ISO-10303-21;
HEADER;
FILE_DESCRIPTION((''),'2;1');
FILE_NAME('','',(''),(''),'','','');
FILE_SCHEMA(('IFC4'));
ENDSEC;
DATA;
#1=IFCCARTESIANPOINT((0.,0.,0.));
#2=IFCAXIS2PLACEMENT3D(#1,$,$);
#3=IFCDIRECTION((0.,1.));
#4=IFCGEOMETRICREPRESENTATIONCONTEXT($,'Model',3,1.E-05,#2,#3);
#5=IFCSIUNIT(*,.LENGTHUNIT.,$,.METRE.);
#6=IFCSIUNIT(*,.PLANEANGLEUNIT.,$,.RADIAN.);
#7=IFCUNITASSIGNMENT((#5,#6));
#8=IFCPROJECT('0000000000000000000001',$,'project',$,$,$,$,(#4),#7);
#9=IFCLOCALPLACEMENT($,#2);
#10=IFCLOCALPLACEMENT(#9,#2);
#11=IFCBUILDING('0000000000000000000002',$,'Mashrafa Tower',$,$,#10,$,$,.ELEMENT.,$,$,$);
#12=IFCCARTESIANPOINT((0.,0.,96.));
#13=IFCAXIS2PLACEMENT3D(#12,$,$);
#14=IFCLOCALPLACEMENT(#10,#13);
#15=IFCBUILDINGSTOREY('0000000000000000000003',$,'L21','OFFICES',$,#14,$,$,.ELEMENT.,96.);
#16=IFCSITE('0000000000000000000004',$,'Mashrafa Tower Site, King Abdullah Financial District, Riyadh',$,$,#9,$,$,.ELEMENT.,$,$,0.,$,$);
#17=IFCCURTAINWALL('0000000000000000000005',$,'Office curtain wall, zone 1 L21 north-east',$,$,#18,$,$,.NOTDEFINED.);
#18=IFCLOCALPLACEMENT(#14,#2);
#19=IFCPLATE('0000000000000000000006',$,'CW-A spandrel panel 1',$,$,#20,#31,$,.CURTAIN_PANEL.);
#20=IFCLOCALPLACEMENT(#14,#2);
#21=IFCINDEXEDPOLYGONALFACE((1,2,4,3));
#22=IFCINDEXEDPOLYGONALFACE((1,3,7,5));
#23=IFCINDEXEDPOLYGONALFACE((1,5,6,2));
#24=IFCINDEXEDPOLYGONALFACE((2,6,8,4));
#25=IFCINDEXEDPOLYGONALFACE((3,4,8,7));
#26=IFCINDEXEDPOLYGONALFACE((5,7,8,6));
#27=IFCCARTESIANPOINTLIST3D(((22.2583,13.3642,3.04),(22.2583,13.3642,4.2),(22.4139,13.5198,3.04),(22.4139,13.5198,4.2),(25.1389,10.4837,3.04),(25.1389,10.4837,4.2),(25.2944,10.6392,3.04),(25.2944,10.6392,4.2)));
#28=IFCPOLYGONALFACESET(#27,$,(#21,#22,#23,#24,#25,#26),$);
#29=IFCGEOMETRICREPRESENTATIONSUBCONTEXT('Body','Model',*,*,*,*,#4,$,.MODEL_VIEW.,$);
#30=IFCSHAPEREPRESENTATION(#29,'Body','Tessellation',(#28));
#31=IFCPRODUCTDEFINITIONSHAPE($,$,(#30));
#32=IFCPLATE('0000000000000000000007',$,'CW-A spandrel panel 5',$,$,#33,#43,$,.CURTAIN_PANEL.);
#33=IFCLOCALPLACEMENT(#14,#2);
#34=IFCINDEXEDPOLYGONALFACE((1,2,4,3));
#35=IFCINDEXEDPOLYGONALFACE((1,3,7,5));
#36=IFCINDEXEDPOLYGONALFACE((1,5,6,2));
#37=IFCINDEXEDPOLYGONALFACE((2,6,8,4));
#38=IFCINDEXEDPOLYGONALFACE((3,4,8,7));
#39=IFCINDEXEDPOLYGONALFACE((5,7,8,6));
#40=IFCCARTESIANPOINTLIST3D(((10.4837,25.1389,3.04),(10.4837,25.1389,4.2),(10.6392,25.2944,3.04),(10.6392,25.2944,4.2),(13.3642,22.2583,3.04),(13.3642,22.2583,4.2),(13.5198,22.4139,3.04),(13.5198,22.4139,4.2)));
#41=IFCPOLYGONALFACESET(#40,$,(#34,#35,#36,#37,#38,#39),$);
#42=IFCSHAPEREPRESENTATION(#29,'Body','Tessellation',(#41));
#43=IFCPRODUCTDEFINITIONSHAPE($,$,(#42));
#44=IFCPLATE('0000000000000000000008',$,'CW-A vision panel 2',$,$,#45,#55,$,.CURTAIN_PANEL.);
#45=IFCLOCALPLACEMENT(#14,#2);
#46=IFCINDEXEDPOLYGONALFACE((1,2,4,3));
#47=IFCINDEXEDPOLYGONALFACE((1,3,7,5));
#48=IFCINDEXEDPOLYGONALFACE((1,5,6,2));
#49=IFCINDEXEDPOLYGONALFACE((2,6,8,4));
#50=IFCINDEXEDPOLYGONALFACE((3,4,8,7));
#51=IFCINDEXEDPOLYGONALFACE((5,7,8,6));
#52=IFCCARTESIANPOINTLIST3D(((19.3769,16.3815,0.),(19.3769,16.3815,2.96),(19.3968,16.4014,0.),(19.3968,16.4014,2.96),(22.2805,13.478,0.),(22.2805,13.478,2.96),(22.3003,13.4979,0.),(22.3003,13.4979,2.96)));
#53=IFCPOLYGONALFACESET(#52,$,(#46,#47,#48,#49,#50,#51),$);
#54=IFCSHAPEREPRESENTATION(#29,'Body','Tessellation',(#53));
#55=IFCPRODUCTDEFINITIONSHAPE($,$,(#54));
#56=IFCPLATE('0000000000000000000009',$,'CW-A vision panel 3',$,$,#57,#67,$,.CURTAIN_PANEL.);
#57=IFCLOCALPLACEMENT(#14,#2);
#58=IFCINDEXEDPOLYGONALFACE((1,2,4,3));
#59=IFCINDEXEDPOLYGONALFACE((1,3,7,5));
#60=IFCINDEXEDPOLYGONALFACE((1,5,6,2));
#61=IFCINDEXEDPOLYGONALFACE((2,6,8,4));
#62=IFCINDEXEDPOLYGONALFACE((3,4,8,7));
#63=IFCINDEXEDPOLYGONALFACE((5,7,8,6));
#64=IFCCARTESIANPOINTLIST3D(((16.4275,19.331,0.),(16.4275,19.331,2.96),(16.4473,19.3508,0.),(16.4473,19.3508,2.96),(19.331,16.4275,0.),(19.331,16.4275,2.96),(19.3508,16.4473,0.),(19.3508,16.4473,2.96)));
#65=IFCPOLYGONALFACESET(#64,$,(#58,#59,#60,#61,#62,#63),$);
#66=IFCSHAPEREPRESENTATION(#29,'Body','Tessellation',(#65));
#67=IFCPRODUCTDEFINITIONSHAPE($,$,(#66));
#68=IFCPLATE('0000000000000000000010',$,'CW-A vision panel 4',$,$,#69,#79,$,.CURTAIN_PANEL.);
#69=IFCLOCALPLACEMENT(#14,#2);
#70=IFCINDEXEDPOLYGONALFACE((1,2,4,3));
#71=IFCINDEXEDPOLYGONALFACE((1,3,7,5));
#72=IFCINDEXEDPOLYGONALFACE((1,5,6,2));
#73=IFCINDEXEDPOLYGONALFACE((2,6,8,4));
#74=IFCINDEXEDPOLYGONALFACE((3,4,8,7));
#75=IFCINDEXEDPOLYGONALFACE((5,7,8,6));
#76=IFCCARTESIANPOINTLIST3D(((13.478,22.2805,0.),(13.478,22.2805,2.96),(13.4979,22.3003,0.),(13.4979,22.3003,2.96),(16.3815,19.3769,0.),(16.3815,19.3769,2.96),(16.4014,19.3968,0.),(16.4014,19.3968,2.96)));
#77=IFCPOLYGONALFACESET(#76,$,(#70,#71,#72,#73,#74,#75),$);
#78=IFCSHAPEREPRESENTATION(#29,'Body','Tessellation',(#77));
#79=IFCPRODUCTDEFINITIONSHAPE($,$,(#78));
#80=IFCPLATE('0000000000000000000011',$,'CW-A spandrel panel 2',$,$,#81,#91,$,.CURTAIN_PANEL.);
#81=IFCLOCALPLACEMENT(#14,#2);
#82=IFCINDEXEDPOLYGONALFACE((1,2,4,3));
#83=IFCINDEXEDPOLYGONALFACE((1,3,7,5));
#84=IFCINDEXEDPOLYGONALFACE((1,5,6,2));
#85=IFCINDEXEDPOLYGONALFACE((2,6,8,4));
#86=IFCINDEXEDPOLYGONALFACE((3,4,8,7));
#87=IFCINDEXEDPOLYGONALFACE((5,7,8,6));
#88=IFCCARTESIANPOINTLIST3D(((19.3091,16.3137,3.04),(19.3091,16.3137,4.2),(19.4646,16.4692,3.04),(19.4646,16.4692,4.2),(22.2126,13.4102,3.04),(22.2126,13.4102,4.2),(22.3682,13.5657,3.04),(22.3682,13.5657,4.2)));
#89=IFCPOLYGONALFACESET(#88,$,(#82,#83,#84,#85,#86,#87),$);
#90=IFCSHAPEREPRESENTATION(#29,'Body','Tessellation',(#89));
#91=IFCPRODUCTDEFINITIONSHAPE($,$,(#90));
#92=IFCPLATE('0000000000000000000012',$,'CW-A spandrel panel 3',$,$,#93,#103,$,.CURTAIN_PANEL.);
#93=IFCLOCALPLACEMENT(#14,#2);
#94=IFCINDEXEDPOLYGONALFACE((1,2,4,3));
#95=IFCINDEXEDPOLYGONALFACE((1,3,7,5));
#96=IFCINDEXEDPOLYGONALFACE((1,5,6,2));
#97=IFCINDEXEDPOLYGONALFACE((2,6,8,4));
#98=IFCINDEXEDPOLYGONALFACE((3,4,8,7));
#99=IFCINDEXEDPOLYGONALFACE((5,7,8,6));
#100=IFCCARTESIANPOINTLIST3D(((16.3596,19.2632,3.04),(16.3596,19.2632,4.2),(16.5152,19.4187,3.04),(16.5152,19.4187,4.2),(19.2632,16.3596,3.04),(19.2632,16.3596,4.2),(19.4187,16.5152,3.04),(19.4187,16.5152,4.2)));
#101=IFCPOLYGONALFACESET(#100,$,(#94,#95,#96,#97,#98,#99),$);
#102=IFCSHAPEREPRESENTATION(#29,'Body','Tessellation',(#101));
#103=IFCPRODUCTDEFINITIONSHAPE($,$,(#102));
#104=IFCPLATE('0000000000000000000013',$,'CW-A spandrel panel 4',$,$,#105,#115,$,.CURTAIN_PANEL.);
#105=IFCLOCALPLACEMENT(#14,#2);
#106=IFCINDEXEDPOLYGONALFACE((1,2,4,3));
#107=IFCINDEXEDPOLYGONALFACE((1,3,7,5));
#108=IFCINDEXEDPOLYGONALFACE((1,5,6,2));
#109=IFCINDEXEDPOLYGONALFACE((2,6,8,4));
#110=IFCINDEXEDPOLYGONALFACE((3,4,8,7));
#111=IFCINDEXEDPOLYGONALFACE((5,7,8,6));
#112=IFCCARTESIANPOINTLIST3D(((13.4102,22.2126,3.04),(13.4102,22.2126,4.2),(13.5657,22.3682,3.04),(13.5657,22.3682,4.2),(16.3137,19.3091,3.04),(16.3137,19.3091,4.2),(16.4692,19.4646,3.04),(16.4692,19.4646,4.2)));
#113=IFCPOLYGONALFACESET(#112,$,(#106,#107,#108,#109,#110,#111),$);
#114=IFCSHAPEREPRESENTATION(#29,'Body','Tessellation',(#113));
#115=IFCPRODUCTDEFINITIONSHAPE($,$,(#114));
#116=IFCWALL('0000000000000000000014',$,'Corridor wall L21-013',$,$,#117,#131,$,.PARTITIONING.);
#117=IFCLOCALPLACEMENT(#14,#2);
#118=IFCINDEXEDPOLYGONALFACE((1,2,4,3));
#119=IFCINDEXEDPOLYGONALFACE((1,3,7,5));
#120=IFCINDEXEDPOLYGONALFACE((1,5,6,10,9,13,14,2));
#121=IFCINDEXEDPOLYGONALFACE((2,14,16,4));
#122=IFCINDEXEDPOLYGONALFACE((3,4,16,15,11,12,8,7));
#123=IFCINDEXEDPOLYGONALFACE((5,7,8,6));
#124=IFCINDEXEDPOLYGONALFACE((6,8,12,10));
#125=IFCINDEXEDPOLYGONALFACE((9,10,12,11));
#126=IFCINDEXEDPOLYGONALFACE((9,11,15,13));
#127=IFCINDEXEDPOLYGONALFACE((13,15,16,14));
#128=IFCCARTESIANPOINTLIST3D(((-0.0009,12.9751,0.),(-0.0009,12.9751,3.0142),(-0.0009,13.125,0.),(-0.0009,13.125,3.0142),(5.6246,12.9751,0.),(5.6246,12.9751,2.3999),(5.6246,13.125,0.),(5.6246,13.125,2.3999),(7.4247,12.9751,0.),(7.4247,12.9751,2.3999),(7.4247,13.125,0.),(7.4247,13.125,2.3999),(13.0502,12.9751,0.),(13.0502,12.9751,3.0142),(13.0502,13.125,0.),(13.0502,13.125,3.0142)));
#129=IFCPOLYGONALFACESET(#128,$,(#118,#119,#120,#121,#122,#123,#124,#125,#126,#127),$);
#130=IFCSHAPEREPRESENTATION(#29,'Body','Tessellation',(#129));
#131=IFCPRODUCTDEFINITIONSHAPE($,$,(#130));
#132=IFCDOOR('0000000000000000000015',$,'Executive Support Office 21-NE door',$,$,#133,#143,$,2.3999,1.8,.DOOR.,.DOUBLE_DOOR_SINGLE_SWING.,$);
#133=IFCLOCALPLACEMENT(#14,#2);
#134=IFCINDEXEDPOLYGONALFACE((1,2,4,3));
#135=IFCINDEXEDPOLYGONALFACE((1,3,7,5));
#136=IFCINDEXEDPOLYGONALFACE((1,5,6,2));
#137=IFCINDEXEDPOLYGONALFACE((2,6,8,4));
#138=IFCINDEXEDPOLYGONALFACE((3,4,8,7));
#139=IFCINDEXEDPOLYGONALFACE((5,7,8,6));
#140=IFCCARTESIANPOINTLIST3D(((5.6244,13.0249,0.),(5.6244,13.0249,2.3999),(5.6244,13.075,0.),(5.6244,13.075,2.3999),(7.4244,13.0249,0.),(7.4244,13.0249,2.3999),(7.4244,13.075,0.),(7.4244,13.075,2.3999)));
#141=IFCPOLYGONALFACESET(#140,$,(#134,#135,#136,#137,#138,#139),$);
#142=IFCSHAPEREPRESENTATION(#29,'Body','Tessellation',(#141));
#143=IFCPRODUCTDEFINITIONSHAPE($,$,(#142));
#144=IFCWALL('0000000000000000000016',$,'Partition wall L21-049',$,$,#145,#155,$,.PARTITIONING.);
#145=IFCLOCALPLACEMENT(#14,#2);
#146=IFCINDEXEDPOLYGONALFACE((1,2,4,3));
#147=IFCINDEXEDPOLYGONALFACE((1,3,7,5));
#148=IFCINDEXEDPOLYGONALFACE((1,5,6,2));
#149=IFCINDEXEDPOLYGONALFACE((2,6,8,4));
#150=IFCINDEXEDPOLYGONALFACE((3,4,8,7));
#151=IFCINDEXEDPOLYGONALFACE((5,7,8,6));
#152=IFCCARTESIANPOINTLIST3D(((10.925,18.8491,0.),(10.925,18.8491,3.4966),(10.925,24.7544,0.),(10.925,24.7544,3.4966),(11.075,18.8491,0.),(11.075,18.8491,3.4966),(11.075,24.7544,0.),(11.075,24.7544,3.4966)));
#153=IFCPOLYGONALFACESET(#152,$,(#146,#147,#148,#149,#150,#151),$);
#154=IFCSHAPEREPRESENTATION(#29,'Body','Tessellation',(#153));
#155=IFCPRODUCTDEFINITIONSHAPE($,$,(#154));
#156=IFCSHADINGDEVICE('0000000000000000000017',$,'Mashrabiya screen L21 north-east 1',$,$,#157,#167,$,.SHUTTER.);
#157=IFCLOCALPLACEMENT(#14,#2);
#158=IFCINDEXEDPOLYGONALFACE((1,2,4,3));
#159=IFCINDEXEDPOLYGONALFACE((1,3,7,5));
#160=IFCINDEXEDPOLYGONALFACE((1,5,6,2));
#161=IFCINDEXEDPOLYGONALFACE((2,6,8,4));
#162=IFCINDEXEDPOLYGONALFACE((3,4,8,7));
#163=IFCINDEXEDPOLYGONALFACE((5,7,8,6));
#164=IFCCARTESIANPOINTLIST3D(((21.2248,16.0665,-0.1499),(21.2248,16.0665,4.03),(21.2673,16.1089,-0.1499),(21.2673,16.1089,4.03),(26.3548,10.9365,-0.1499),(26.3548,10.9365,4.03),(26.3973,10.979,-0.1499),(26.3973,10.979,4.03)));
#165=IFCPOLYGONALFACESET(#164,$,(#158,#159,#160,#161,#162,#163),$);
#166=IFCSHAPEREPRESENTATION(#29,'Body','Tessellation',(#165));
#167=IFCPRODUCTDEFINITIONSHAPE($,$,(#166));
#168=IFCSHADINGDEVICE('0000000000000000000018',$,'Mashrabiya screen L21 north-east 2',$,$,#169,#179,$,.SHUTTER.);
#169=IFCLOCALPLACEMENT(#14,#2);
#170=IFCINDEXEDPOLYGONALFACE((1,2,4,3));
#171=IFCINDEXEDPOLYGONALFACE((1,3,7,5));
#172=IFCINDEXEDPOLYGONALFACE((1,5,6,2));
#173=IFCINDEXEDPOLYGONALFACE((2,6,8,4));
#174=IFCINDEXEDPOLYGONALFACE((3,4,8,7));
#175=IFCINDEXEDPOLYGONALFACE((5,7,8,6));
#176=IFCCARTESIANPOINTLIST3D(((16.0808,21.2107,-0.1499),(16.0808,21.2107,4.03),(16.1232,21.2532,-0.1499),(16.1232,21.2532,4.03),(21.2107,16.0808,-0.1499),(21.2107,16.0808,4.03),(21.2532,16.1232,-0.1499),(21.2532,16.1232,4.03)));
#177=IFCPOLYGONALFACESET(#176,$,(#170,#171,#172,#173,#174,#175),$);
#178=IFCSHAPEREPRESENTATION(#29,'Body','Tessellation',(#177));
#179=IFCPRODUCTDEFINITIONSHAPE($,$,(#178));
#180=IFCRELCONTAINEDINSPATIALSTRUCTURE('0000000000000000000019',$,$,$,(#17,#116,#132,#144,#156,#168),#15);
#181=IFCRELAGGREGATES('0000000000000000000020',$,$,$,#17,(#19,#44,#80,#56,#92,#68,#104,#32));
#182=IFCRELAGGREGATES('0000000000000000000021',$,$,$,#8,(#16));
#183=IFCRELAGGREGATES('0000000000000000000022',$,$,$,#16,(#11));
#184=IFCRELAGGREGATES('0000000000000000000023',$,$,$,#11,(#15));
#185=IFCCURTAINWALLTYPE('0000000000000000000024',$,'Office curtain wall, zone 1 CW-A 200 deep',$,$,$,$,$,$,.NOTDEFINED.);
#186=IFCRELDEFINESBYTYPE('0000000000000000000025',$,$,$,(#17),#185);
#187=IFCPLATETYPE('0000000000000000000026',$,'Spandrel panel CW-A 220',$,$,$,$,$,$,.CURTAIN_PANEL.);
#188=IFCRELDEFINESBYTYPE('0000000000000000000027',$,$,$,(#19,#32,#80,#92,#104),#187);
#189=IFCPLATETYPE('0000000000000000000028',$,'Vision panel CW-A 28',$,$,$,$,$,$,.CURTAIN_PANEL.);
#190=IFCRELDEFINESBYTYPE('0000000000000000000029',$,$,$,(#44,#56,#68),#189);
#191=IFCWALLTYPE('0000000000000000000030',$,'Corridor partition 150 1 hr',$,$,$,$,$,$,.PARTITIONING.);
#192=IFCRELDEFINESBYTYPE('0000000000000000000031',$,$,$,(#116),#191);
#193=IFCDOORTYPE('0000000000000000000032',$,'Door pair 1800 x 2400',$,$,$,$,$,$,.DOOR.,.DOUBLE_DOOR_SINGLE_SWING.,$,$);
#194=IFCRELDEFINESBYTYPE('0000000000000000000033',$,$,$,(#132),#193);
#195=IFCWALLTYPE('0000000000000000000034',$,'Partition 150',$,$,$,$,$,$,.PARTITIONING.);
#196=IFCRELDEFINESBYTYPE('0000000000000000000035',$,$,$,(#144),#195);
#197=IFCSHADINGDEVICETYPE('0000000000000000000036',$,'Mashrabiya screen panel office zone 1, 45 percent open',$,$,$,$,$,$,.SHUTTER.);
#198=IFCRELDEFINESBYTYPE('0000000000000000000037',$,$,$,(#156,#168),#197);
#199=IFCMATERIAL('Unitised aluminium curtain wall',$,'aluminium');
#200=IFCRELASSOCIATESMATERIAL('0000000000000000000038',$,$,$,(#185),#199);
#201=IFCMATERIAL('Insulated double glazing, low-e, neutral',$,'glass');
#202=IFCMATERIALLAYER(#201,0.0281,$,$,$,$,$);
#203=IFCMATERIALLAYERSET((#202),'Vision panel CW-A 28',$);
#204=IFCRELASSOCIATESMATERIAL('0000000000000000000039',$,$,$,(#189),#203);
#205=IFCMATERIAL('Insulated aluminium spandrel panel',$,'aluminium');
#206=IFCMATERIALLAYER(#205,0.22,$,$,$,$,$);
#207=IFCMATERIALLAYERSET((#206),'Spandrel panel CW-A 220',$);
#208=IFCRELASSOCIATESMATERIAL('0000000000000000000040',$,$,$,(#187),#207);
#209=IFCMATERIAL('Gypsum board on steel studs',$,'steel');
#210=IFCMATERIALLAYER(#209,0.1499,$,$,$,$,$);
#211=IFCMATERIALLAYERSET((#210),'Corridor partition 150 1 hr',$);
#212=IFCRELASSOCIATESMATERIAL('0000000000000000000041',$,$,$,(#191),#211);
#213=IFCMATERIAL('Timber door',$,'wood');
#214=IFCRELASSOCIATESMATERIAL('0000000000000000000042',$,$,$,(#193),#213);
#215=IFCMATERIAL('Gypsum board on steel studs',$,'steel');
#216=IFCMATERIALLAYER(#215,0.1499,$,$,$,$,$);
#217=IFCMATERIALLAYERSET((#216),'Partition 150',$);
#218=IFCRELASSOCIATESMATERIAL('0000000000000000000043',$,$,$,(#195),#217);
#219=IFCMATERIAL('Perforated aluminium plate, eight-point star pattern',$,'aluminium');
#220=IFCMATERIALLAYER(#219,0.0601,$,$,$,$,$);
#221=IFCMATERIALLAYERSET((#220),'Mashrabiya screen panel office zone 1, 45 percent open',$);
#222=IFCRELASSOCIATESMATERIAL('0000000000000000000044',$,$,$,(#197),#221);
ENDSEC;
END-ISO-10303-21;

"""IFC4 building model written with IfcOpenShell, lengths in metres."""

from ifc_helpers import new_model, si_unit, direction, frame, frame_2d, origin, origin_2d, place, context, subcontext, project, spatial, rectangle, extrude, source, transform, mapped, material, layer, layer_set, type_object, type_shapes, element, fill, aggregate, save


model = new_model("IFC4")

# Units and contexts
model_context = context("Model", 3, precision=1e-05, world=origin(), true_north=direction((0.0, 1.0)))
body_context = subcontext(model_context, "Body", "Model", "MODEL_VIEW")
ifc_project = project(units=[si_unit("LENGTHUNIT", "METRE"), si_unit("PLANEANGLEUNIT", "RADIAN")], contexts=[model_context])

# Site, building, storey
site_placement = place(None, origin())
site = spatial("IfcSite", under=ifc_project, at=site_placement, Name="Mashrafa Tower Site, King Abdullah Financial District, Riyadh", CompositionType="ELEMENT", RefElevation=0.0)
building_placement = place(site_placement, origin())
building = spatial("IfcBuilding", under=site, at=building_placement, Name="Mashrafa Tower", CompositionType="ELEMENT")
storey_placement = place(building_placement, frame((0.0, 0.0, 96.0)))
storey = spatial("IfcBuildingStorey", under=building, at=storey_placement, Name="L21", Description="OFFICES", CompositionType="ELEMENT", Elevation=96.0)

# Curtain wall, plates
ifc_material_1 = material(Name="Unitised aluminium curtain wall", Category="aluminium")
curtain_wall_type = type_object("IfcCurtainWallType", Name="Office curtain wall, zone 1 CW-A 200 deep", PredefinedType="NOTDEFINED", material=ifc_material_1)
curtain_wall_placement = place(storey_placement, origin())
curtain_wall = element("IfcCurtainWall", 1, at=curtain_wall_placement, inside=storey, type_object=curtain_wall_type, Name="Office curtain wall, zone 1 L21 north-east", PredefinedType="NOTDEFINED")
ifc_material_2 = material(Name="Insulated double glazing, low-e, neutral", Category="glass")
ifc_layer_1 = layer(ifc_material_2, 0.0281)
ifc_layer_set_1 = layer_set([ifc_layer_1], Name="Vision panel CW-A 28")
plate_type_1 = type_object("IfcPlateType", Name="Vision panel CW-A 28", PredefinedType="CURTAIN_PANEL", material=ifc_layer_set_1)
ifc_material_3 = material(Name="Insulated aluminium spandrel panel", Category="aluminium")
ifc_layer_2 = layer(ifc_material_3, 0.22)
ifc_layer_set_2 = layer_set([ifc_layer_2], Name="Spandrel panel CW-A 220")
plate_type_2 = type_object("IfcPlateType", Name="Spandrel panel CW-A 220", PredefinedType="CURTAIN_PANEL", material=ifc_layer_set_2)
shared_shape_1 = source(origin(), body_context, "Body", "SweptSolid", [
    extrude(rectangle(XDim=4.0737, YDim=0.22, at=origin_2d()), origin(), (0.0, 0.0, 1.0), 1.1599),
])
plate_1_placement = place(storey_placement, frame((23.7764, 12.0017, 3.04), z_axis=(0.0, 0.0, 1.0), x_axis=(-0.707107, 0.707107, 0.0)))
plate_1 = element("IfcPlate", 2, at=plate_1_placement, type_object=plate_type_2, Name="CW-A spandrel panel 1", PredefinedType="CURTAIN_PANEL", context=body_context, shape_type="MappedRepresentation", body=[
    mapped(shared_shape_1, transform((0.0, 0.0, 0.0))),
])
plate_2_placement = place(storey_placement, frame((12.0017, 23.7764, 3.04), z_axis=(0.0, 0.0, 1.0), x_axis=(-0.707107, 0.707107, 0.0)))
plate_2 = element("IfcPlate", 3, at=plate_2_placement, type_object=plate_type_2, Name="CW-A spandrel panel 5", PredefinedType="CURTAIN_PANEL", context=body_context, shape_type="MappedRepresentation", body=[
    mapped(shared_shape_1, transform((0.0, 0.0, 0.0))),
])
shared_shape_2 = source(origin(), body_context, "Body", "SweptSolid", [
    extrude(rectangle(XDim=4.1062, YDim=0.0281, at=origin_2d()), origin(), (0.0, 0.0, 1.0), 2.96),
])
plate_3_placement = place(storey_placement, frame((20.8386, 14.9397, 0.0), z_axis=(0.0, 0.0, 1.0), x_axis=(-0.707107, 0.707107, 0.0)))
plate_3 = element("IfcPlate", 4, at=plate_3_placement, type_object=plate_type_1, Name="CW-A vision panel 2", PredefinedType="CURTAIN_PANEL", context=body_context, shape_type="MappedRepresentation", body=[
    mapped(shared_shape_2, transform((0.0, 0.0, 0.0))),
])
plate_4_placement = place(storey_placement, frame((17.8892, 17.8892, 0.0), z_axis=(0.0, 0.0, 1.0), x_axis=(-0.707107, 0.707107, 0.0)))
plate_4 = element("IfcPlate", 5, at=plate_4_placement, type_object=plate_type_1, Name="CW-A vision panel 3", PredefinedType="CURTAIN_PANEL", context=body_context, shape_type="MappedRepresentation", body=[
    mapped(shared_shape_2, transform((0.0, 0.0, 0.0))),
])
plate_5_placement = place(storey_placement, frame((14.9397, 20.8386, 0.0), z_axis=(0.0, 0.0, 1.0), x_axis=(-0.707107, 0.707107, 0.0)))
plate_5 = element("IfcPlate", 6, at=plate_5_placement, type_object=plate_type_1, Name="CW-A vision panel 4", PredefinedType="CURTAIN_PANEL", context=body_context, shape_type="MappedRepresentation", body=[
    mapped(shared_shape_2, transform((0.0, 0.0, 0.0))),
])
shared_shape_3 = source(origin(), body_context, "Body", "SweptSolid", [
    extrude(rectangle(XDim=4.1062, YDim=0.22, at=origin_2d()), origin(), (0.0, 0.0, 1.0), 1.1599),
])
type_shapes(plate_type_2, [shared_shape_1, shared_shape_3])
plate_6_placement = place(storey_placement, frame((20.8386, 14.9397, 3.04), z_axis=(0.0, 0.0, 1.0), x_axis=(-0.707107, 0.707107, 0.0)))
plate_6 = element("IfcPlate", 7, at=plate_6_placement, type_object=plate_type_2, Name="CW-A spandrel panel 2", PredefinedType="CURTAIN_PANEL", context=body_context, shape_type="MappedRepresentation", body=[
    mapped(shared_shape_3, transform((0.0, 0.0, 0.0))),
])
plate_7_placement = place(storey_placement, frame((17.8892, 17.8892, 3.04), z_axis=(0.0, 0.0, 1.0), x_axis=(-0.707107, 0.707107, 0.0)))
plate_7 = element("IfcPlate", 8, at=plate_7_placement, type_object=plate_type_2, Name="CW-A spandrel panel 3", PredefinedType="CURTAIN_PANEL", context=body_context, shape_type="MappedRepresentation", body=[
    mapped(shared_shape_3, transform((0.0, 0.0, 0.0))),
])
plate_8_placement = place(storey_placement, frame((14.9397, 20.8386, 3.04), z_axis=(0.0, 0.0, 1.0), x_axis=(-0.707107, 0.707107, 0.0)))
plate_8 = element("IfcPlate", 9, at=plate_8_placement, type_object=plate_type_2, Name="CW-A spandrel panel 4", PredefinedType="CURTAIN_PANEL", context=body_context, shape_type="MappedRepresentation", body=[
    mapped(shared_shape_3, transform((0.0, 0.0, 0.0))),
])
aggregate(curtain_wall, [plate_1, plate_3, plate_6, plate_4, plate_7, plate_5, plate_8, plate_2])

# Wall, opening, door
ifc_material_4 = material(Name="Gypsum board on steel studs", Category="steel")
ifc_layer_3 = layer(ifc_material_4, 0.1499)
ifc_layer_set_3 = layer_set([ifc_layer_3], Name="Corridor partition 150 1 hr")
wall_type_1 = type_object("IfcWallType", Name="Corridor partition 150 1 hr", PredefinedType="PARTITIONING", material=ifc_layer_set_3)
wall_1_placement = place(storey_placement, frame((13.05, 13.05, 0.0), z_axis=(0.0, 0.0, 1.0), x_axis=(-1.0, 0.0, 0.0)))
wall_1 = element("IfcWall", 10, at=wall_1_placement, inside=storey, type_object=wall_type_1, Name="Corridor wall L21-013", PredefinedType="PARTITIONING", context=body_context, shape_type="SweptSolid", body=[
    extrude(rectangle(XDim=13.051, YDim=0.1499, at=frame_2d((6.5254, 0.0))), origin(), (0.0, 0.0, 1.0), 3.0142),
])
opening_placement = place(wall_1_placement, frame((5.6255, 0.0, 0.0)))
opening = element("IfcOpeningElement", 11, at=opening_placement, cuts=wall_1, PredefinedType="OPENING", context=body_context, shape_type="SweptSolid", body=[
    extrude(rectangle(XDim=1.8, YDim=2.3999, at=frame_2d((0.8999, 1.2))), frame((0.0, 0.085, 0.0), z_axis=(0.0, -1.0, 0.0), x_axis=(1.0, 0.0, 0.0)), (0.0, 0.0, 1.0), 0.1699),
])
ifc_material_5 = material(Name="Timber door", Category="wood")
door_type = type_object("IfcDoorType", Name="Door pair 1800 x 2400", OperationType="DOUBLE_DOOR_SINGLE_SWING", PredefinedType="DOOR", material=ifc_material_5)
door_placement = place(opening_placement, frame((1.8, 0.0, 0.0), z_axis=(0.0, 0.0, 1.0), x_axis=(-1.0, 0.0, 0.0)))
door = element("IfcDoor", 12, at=door_placement, inside=storey, type_object=door_type, Name="Executive Support Office 21-NE door", OperationType="DOUBLE_DOOR_SINGLE_SWING", OverallHeight=2.3999, OverallWidth=1.8, PredefinedType="DOOR", context=body_context, shape_type="SweptSolid", body=[
    extrude(rectangle(XDim=1.8, YDim=2.3999, at=frame_2d((0.8999, 1.2))), frame((0.0, 0.0249, 0.0), z_axis=(0.0, -1.0, 0.0), x_axis=(1.0, 0.0, 0.0)), (0.0, 0.0, 1.0), 0.05),
])
fill(opening, door)

# Wall
ifc_material_6 = material(Name="Gypsum board on steel studs", Category="steel")
ifc_layer_4 = layer(ifc_material_6, 0.1499)
ifc_layer_set_4 = layer_set([ifc_layer_4], Name="Partition 150")
wall_type_2 = type_object("IfcWallType", Name="Partition 150", PredefinedType="PARTITIONING", material=ifc_layer_set_4)
wall_2_placement = place(storey_placement, frame((11.0, 18.8491, 0.0), z_axis=(0.0, 0.0, 1.0), x_axis=(0.0, 1.0, 0.0)))
element("IfcWall", 13, at=wall_2_placement, inside=storey, type_object=wall_type_2, Name="Partition wall L21-049", PredefinedType="PARTITIONING", context=body_context, shape_type="SweptSolid", body=[
    extrude(rectangle(XDim=5.9053, YDim=0.1499, at=frame_2d((2.9526, 0.0))), origin(), (0.0, 0.0, 1.0), 3.4966),
])

# Shading devices
ifc_material_7 = material(Name="Perforated aluminium plate, eight-point star pattern", Category="aluminium")
ifc_layer_5 = layer(ifc_material_7, 0.0601)
ifc_layer_set_5 = layer_set([ifc_layer_5], Name="Mashrabiya screen panel office zone 1, 45 percent open")
shading_device_type = type_object("IfcShadingDeviceType", Name="Mashrabiya screen panel office zone 1, 45 percent open", PredefinedType="SHUTTER", material=ifc_layer_set_5)
shared_shape_4 = source(origin(), body_context, "Body", "SweptSolid", [
    extrude(rectangle(XDim=7.2549, YDim=0.0601, at=origin_2d()), origin(), (0.0, 0.0, 1.0), 4.1799),
])
type_shapes(shading_device_type, [shared_shape_4])
for number, where, z_axis, x_axis, name in (
    (14, (23.811, 13.5227, -0.1499), (0.0, 0.0, 1.0), (-0.707107, 0.707107, 0.0), "Mashrabiya screen L21 north-east 1"),
    (15, (18.667, 18.667, -0.1499), (0.0, 0.0, 1.0), (-0.707107, 0.707107, 0.0), "Mashrabiya screen L21 north-east 2"),
):
    element("IfcShadingDevice", number, at=place(storey_placement, frame(where, z_axis=z_axis, x_axis=x_axis)), inside=storey, type_object=shading_device_type, Name=name, PredefinedType="SHUTTER", context=body_context, shape_type="MappedRepresentation", body=[
        mapped(shared_shape_4, transform((0.0, 0.0, 0.0))),
    ])

save(model, "model.ifc")
